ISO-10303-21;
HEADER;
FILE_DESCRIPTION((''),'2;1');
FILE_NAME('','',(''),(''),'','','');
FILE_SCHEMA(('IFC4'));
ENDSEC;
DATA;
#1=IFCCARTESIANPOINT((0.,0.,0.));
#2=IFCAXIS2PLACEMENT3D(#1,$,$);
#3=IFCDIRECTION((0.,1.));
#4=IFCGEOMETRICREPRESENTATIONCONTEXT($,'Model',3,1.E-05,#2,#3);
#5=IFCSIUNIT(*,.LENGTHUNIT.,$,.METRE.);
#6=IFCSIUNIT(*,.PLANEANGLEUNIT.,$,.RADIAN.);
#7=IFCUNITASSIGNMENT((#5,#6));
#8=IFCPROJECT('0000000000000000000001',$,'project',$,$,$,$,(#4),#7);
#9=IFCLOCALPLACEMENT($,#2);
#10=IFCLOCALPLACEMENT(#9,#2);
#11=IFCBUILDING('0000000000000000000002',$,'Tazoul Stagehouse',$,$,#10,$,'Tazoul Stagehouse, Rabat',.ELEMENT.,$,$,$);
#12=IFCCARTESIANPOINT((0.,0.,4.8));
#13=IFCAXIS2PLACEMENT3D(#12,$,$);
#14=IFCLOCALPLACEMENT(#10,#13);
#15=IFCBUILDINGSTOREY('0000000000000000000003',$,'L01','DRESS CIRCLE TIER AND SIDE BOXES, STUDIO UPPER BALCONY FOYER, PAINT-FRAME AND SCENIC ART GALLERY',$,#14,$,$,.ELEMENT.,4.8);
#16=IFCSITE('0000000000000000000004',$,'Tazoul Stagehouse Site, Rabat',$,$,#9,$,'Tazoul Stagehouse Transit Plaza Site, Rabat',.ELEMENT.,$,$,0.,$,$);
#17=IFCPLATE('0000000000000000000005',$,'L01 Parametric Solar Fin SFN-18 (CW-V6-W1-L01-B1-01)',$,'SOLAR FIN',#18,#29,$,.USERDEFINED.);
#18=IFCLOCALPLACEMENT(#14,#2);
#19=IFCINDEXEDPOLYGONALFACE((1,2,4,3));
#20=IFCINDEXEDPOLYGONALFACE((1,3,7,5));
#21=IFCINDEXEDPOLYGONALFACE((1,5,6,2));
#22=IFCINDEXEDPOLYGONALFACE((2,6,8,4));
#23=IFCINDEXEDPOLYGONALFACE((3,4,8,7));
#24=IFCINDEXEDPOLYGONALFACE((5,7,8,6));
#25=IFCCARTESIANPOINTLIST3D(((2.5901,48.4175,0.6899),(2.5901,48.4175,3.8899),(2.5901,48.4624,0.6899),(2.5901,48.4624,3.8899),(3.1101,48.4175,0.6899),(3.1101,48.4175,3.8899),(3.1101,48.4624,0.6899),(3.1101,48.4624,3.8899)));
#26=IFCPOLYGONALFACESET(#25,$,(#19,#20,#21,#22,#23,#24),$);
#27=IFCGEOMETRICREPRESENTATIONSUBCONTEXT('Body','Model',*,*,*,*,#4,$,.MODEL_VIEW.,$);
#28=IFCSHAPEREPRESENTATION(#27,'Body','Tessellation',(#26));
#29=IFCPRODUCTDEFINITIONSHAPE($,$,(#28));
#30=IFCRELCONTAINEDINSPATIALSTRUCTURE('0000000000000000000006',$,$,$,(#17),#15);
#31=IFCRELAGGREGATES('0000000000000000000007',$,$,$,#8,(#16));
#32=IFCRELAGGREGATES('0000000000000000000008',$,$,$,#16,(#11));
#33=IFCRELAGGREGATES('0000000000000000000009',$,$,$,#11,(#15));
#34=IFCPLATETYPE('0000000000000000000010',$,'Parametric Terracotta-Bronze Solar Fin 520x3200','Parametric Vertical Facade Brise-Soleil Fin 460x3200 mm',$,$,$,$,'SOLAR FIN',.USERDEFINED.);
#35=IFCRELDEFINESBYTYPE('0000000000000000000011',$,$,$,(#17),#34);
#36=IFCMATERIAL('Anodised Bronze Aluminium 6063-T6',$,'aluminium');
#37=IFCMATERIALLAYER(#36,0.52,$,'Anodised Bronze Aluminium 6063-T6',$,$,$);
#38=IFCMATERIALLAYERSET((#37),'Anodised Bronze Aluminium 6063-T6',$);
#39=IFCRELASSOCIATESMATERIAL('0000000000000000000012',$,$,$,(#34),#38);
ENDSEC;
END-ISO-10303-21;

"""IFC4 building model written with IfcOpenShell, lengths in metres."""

from ifc_helpers import new_model, si_unit, direction, frame, origin, origin_2d, place, context, subcontext, project, spatial, rectangle, extrude, material, layer, layer_set, type_object, element, save


model = new_model("IFC4")

# Units and contexts
model_context = context("Model", 3, precision=1e-05, world=origin(), true_north=direction((0.0, 1.0)))
body_context = subcontext(model_context, "Body", "Model", "MODEL_VIEW")
ifc_project = project(units=[si_unit("LENGTHUNIT", "METRE"), si_unit("PLANEANGLEUNIT", "RADIAN")], contexts=[model_context])

# Shared definitions
ifc_material_1 = material(Name="Anodised Bronze Aluminium 6063-T6", Category="aluminium")
site_placement = place(None, origin())
building_placement = place(site_placement, origin())
storey_placement = place(building_placement, frame((0.0, 0.0, 4.8)))

# Site, building, storey
site = spatial("IfcSite", under=ifc_project, at=site_placement, Name="Tazoul Stagehouse Site, Rabat", LongName="Tazoul Stagehouse Transit Plaza Site, Rabat", CompositionType="ELEMENT", RefElevation=0.0)
building = spatial("IfcBuilding", under=site, at=building_placement, Name="Tazoul Stagehouse", LongName="Tazoul Stagehouse, Rabat", CompositionType="ELEMENT")
storey = spatial("IfcBuildingStorey", under=building, at=storey_placement, Name="L01", Description="DRESS CIRCLE TIER AND SIDE BOXES, STUDIO UPPER BALCONY FOYER, PAINT-FRAME AND SCENIC ART GALLERY", CompositionType="ELEMENT", Elevation=4.8)

# Plate
ifc_layer_1 = layer(ifc_material_1, 0.52, Name="Anodised Bronze Aluminium 6063-T6")
ifc_layer_set_1 = layer_set([ifc_layer_1], Name="Anodised Bronze Aluminium 6063-T6")
plate_type_1 = type_object("IfcPlateType", Name="Parametric Terracotta-Bronze Solar Fin 520x3200", Description="Parametric Vertical Facade Brise-Soleil Fin 460x3200 mm", ElementType="SOLAR FIN", PredefinedType="USERDEFINED", material=ifc_layer_set_1)
plate_1_placement = place(storey_placement, frame((2.8501, 48.4399, 0.6899), z_axis=(0.0, 0.0, 1.0), x_axis=(0.0, 1.0, 0.0)))
element("IfcPlate", 1, at=plate_1_placement, inside=storey, type_object=plate_type_1, Name="L01 Parametric Solar Fin SFN-18 (CW-V6-W1-L01-B1-01)", ObjectType="SOLAR FIN", PredefinedType="USERDEFINED", context=body_context, shape_type="SweptSolid", body=[
    extrude(rectangle(XDim=0.0449, YDim=0.52, at=origin_2d()), origin(), (0.0, 0.0, 1.0), 3.2),
])

save(model, "model.ifc")
